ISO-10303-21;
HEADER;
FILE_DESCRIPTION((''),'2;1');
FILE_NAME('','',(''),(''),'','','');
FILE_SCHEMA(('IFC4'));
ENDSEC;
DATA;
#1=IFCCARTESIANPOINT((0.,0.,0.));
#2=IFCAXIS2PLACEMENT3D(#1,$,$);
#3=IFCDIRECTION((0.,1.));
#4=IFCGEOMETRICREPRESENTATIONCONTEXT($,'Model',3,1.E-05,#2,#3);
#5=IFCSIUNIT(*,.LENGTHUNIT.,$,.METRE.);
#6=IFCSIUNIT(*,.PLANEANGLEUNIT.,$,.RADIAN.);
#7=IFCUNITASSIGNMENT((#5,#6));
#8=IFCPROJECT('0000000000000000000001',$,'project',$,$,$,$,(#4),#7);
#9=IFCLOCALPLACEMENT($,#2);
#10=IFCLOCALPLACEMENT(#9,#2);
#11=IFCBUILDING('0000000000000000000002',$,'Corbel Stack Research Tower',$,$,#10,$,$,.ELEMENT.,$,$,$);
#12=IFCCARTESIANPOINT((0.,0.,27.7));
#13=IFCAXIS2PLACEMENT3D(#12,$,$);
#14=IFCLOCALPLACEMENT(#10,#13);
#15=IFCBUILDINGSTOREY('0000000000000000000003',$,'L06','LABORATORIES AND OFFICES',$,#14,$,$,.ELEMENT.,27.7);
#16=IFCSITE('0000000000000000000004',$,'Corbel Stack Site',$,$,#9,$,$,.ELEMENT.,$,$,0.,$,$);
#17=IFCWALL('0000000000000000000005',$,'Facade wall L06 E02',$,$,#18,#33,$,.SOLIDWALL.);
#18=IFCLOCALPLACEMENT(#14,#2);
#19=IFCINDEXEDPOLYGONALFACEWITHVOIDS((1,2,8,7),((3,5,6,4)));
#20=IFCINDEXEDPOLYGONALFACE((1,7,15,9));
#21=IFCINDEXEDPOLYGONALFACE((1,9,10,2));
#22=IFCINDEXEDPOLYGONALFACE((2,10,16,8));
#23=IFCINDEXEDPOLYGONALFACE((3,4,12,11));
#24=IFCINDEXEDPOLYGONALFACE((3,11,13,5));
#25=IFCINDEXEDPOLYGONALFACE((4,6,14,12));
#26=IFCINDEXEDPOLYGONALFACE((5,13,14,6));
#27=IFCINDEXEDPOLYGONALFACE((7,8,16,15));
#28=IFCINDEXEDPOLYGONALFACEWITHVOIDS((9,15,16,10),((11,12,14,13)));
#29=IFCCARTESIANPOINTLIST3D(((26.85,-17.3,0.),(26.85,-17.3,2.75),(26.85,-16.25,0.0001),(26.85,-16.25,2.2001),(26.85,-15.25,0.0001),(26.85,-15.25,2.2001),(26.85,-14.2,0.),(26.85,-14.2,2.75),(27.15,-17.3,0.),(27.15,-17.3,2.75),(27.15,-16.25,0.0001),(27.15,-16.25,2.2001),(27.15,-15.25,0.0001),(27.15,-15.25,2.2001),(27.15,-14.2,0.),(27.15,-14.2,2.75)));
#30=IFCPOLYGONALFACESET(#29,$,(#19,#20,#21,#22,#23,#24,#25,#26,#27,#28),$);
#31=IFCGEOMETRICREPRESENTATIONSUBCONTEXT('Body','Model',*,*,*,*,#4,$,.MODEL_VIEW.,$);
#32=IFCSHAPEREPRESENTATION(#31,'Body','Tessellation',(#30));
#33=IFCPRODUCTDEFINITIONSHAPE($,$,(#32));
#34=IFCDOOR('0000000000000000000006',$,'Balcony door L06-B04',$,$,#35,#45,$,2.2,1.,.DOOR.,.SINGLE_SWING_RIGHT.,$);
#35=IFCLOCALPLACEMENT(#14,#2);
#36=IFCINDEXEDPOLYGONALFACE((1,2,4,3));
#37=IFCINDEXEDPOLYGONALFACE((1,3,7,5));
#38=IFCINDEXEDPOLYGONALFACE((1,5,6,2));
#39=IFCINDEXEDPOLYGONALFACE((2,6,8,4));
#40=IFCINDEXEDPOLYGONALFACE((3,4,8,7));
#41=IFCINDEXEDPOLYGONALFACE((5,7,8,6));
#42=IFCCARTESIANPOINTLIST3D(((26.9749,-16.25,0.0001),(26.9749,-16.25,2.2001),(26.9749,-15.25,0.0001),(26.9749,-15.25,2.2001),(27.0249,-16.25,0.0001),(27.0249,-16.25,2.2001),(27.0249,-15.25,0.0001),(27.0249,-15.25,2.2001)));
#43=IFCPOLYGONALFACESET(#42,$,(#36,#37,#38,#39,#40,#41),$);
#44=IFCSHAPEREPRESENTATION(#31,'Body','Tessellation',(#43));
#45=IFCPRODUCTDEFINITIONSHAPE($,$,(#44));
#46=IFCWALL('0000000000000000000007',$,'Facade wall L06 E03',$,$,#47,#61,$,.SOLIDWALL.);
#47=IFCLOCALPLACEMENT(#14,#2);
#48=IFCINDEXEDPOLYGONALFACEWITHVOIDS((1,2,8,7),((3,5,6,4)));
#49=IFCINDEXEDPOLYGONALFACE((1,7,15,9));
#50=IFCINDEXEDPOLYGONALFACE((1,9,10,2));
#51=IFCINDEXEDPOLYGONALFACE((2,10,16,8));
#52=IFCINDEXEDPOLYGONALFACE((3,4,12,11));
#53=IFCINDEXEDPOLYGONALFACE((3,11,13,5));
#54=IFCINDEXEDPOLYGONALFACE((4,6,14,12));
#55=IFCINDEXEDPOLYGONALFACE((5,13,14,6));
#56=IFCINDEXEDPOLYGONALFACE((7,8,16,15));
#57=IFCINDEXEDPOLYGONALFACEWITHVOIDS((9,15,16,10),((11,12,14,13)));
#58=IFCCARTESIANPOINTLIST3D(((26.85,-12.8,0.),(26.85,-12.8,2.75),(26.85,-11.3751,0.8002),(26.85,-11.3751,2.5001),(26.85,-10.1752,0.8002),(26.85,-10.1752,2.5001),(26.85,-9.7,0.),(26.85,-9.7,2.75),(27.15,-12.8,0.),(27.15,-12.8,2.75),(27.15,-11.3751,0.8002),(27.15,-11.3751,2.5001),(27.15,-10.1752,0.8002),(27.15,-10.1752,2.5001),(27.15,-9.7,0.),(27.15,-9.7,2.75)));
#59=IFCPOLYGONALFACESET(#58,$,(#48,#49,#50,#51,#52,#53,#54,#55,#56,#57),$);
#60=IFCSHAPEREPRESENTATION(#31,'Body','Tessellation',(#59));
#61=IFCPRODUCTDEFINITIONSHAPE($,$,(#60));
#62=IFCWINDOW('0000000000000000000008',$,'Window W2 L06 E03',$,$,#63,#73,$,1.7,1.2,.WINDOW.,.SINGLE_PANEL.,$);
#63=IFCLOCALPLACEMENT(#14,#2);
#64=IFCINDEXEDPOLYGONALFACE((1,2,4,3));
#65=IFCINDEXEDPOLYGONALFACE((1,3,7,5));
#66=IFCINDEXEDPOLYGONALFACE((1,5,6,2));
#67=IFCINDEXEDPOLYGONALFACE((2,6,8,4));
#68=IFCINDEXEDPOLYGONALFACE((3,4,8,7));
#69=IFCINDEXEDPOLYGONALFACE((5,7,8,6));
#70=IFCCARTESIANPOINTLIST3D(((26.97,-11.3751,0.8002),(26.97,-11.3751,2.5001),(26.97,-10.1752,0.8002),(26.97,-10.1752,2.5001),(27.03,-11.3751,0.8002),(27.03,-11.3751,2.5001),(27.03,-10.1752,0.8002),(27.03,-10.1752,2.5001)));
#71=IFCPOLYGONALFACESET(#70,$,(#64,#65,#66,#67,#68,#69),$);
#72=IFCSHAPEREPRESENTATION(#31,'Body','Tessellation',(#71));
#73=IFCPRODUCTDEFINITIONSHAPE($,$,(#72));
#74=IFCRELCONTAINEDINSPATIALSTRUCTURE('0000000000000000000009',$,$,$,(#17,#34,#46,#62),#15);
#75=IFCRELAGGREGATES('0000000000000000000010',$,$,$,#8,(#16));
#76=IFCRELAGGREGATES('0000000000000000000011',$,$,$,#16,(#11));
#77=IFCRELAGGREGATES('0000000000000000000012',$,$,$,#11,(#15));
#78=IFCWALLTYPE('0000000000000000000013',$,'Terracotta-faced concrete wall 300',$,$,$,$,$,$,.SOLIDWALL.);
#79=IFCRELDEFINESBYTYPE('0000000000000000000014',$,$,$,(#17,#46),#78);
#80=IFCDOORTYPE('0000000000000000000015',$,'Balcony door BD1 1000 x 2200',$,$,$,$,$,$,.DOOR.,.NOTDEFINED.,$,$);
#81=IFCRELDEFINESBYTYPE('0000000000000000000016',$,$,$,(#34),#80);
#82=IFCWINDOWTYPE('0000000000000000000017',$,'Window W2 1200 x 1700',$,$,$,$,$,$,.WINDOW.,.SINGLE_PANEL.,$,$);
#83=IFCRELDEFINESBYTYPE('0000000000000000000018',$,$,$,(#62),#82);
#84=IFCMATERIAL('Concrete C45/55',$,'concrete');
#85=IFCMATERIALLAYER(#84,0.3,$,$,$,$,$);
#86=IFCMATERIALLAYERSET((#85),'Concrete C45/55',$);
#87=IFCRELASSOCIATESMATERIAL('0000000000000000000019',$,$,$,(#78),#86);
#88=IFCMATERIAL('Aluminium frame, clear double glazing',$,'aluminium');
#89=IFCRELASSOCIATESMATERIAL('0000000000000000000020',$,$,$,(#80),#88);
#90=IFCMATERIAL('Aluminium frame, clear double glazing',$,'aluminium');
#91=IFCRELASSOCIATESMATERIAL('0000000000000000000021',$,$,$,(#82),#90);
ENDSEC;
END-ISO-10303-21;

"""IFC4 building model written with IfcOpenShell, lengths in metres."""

from ifc_helpers import new_model, si_unit, direction, frame, frame_2d, origin, place, context, subcontext, project, spatial, rectangle, extrude, material, layer, layer_set, type_object, element, fill, save


model = new_model("IFC4")

# Units and contexts
model_context = context("Model", 3, precision=1e-05, world=origin(), true_north=direction((0.0, 1.0)))
body_context = subcontext(model_context, "Body", "Model", "MODEL_VIEW")
ifc_project = project(units=[si_unit("LENGTHUNIT", "METRE"), si_unit("PLANEANGLEUNIT", "RADIAN")], contexts=[model_context])

# Site, building, storey
site_placement = place(None, origin())
site = spatial("IfcSite", under=ifc_project, at=site_placement, Name="Corbel Stack Site", CompositionType="ELEMENT", RefElevation=0.0)
building_placement = place(site_placement, origin())
building = spatial("IfcBuilding", under=site, at=building_placement, Name="Corbel Stack Research Tower", CompositionType="ELEMENT")
storey_placement = place(building_placement, frame((0.0, 0.0, 27.7)))
storey = spatial("IfcBuildingStorey", under=building, at=storey_placement, Name="L06", Description="LABORATORIES AND OFFICES", CompositionType="ELEMENT", Elevation=27.7)

# Wall, opening, door
ifc_material_1 = material(Name="Concrete C45/55", Category="concrete")
ifc_layer_1 = layer(ifc_material_1, 0.3)
ifc_layer_set_1 = layer_set([ifc_layer_1], Name="Concrete C45/55")
wall_type_1 = type_object("IfcWallType", Name="Terracotta-faced concrete wall 300", PredefinedType="SOLIDWALL", material=ifc_layer_set_1)
wall_1_placement = place(storey_placement, frame((27.0, -14.2, 0.0), z_axis=(0.0, 0.0, 1.0), x_axis=(0.0, -1.0, 0.0)))
wall_1 = element("IfcWall", 1, at=wall_1_placement, inside=storey, type_object=wall_type_1, Name="Facade wall L06 E02", PredefinedType="SOLIDWALL", context=body_context, shape_type="SweptSolid", body=[
    extrude(rectangle(XDim=3.1001, YDim=0.3, at=frame_2d((1.55, 0.0))), origin(), (0.0, 0.0, 1.0), 2.75),
])
opening_1_placement = place(wall_1_placement, frame((1.05, 0.0, 0.0)))
opening_1 = element("IfcOpeningElement", 2, at=opening_1_placement, cuts=wall_1, PredefinedType="OPENING", context=body_context, shape_type="SweptSolid", body=[
    extrude(rectangle(XDim=1.0, YDim=2.2, at=frame_2d((0.5, 1.1001))), frame((0.0, 0.1599, 0.0), z_axis=(0.0, -1.0, 0.0), x_axis=(1.0, 0.0, 0.0)), (0.0, 0.0, 1.0), 0.3201),
])
ifc_material_2 = material(Name="Aluminium frame, clear double glazing", Category="aluminium")
door_type_1 = type_object("IfcDoorType", Name="Balcony door BD1 1000 x 2200", OperationType="NOTDEFINED", PredefinedType="DOOR", material=ifc_material_2)
door_1_placement = place(opening_1_placement, origin())
door_1 = element("IfcDoor", 3, at=door_1_placement, inside=storey, type_object=door_type_1, Name="Balcony door L06-B04", OperationType="SINGLE_SWING_RIGHT", OverallHeight=2.2, OverallWidth=1.0, PredefinedType="DOOR", context=body_context, shape_type="SweptSolid", body=[
    extrude(rectangle(XDim=1.0, YDim=2.2, at=frame_2d((0.5, 1.1001))), frame((0.0, 0.0249, 0.0), z_axis=(0.0, -1.0, 0.0), x_axis=(1.0, 0.0, 0.0)), (0.0, 0.0, 1.0), 0.05),
])
fill(opening_1, door_1)

# Wall, opening, window
wall_2_placement = place(storey_placement, frame((27.0, -9.7, 0.0), z_axis=(0.0, 0.0, 1.0), x_axis=(0.0, -1.0, 0.0)))
wall_2 = element("IfcWall", 4, at=wall_2_placement, inside=storey, type_object=wall_type_1, Name="Facade wall L06 E03", PredefinedType="SOLIDWALL", context=body_context, shape_type="SweptSolid", body=[
    extrude(rectangle(XDim=3.1001, YDim=0.3, at=frame_2d((1.55, 0.0))), origin(), (0.0, 0.0, 1.0), 2.75),
])
opening_2_placement = place(wall_2_placement, frame((0.4751, 0.0, 0.8)))
opening_2 = element("IfcOpeningElement", 5, at=opening_2_placement, cuts=wall_2, PredefinedType="OPENING", context=body_context, shape_type="SweptSolid", body=[
    extrude(rectangle(XDim=1.2, YDim=1.7, at=frame_2d((0.6001, 0.8501))), frame((0.0, 0.1599, 0.0), z_axis=(0.0, -1.0, 0.0), x_axis=(1.0, 0.0, 0.0)), (0.0, 0.0, 1.0), 0.3201),
])
ifc_material_3 = material(Name="Aluminium frame, clear double glazing", Category="aluminium")
window_type = type_object("IfcWindowType", Name="Window W2 1200 x 1700", PartitioningType="SINGLE_PANEL", PredefinedType="WINDOW", material=ifc_material_3)
window_placement = place(opening_2_placement, origin())
window = element("IfcWindow", 6, at=window_placement, inside=storey, type_object=window_type, Name="Window W2 L06 E03", OverallHeight=1.7, OverallWidth=1.2, PartitioningType="SINGLE_PANEL", PredefinedType="WINDOW", context=body_context, shape_type="SweptSolid", body=[
    extrude(rectangle(XDim=1.2, YDim=1.7, at=frame_2d((0.6001, 0.8501))), frame((0.0, 0.03, 0.0), z_axis=(0.0, -1.0, 0.0), x_axis=(1.0, 0.0, 0.0)), (0.0, 0.0, 1.0), 0.0601),
])
fill(opening_2, window)

save(model, "model.ifc")
